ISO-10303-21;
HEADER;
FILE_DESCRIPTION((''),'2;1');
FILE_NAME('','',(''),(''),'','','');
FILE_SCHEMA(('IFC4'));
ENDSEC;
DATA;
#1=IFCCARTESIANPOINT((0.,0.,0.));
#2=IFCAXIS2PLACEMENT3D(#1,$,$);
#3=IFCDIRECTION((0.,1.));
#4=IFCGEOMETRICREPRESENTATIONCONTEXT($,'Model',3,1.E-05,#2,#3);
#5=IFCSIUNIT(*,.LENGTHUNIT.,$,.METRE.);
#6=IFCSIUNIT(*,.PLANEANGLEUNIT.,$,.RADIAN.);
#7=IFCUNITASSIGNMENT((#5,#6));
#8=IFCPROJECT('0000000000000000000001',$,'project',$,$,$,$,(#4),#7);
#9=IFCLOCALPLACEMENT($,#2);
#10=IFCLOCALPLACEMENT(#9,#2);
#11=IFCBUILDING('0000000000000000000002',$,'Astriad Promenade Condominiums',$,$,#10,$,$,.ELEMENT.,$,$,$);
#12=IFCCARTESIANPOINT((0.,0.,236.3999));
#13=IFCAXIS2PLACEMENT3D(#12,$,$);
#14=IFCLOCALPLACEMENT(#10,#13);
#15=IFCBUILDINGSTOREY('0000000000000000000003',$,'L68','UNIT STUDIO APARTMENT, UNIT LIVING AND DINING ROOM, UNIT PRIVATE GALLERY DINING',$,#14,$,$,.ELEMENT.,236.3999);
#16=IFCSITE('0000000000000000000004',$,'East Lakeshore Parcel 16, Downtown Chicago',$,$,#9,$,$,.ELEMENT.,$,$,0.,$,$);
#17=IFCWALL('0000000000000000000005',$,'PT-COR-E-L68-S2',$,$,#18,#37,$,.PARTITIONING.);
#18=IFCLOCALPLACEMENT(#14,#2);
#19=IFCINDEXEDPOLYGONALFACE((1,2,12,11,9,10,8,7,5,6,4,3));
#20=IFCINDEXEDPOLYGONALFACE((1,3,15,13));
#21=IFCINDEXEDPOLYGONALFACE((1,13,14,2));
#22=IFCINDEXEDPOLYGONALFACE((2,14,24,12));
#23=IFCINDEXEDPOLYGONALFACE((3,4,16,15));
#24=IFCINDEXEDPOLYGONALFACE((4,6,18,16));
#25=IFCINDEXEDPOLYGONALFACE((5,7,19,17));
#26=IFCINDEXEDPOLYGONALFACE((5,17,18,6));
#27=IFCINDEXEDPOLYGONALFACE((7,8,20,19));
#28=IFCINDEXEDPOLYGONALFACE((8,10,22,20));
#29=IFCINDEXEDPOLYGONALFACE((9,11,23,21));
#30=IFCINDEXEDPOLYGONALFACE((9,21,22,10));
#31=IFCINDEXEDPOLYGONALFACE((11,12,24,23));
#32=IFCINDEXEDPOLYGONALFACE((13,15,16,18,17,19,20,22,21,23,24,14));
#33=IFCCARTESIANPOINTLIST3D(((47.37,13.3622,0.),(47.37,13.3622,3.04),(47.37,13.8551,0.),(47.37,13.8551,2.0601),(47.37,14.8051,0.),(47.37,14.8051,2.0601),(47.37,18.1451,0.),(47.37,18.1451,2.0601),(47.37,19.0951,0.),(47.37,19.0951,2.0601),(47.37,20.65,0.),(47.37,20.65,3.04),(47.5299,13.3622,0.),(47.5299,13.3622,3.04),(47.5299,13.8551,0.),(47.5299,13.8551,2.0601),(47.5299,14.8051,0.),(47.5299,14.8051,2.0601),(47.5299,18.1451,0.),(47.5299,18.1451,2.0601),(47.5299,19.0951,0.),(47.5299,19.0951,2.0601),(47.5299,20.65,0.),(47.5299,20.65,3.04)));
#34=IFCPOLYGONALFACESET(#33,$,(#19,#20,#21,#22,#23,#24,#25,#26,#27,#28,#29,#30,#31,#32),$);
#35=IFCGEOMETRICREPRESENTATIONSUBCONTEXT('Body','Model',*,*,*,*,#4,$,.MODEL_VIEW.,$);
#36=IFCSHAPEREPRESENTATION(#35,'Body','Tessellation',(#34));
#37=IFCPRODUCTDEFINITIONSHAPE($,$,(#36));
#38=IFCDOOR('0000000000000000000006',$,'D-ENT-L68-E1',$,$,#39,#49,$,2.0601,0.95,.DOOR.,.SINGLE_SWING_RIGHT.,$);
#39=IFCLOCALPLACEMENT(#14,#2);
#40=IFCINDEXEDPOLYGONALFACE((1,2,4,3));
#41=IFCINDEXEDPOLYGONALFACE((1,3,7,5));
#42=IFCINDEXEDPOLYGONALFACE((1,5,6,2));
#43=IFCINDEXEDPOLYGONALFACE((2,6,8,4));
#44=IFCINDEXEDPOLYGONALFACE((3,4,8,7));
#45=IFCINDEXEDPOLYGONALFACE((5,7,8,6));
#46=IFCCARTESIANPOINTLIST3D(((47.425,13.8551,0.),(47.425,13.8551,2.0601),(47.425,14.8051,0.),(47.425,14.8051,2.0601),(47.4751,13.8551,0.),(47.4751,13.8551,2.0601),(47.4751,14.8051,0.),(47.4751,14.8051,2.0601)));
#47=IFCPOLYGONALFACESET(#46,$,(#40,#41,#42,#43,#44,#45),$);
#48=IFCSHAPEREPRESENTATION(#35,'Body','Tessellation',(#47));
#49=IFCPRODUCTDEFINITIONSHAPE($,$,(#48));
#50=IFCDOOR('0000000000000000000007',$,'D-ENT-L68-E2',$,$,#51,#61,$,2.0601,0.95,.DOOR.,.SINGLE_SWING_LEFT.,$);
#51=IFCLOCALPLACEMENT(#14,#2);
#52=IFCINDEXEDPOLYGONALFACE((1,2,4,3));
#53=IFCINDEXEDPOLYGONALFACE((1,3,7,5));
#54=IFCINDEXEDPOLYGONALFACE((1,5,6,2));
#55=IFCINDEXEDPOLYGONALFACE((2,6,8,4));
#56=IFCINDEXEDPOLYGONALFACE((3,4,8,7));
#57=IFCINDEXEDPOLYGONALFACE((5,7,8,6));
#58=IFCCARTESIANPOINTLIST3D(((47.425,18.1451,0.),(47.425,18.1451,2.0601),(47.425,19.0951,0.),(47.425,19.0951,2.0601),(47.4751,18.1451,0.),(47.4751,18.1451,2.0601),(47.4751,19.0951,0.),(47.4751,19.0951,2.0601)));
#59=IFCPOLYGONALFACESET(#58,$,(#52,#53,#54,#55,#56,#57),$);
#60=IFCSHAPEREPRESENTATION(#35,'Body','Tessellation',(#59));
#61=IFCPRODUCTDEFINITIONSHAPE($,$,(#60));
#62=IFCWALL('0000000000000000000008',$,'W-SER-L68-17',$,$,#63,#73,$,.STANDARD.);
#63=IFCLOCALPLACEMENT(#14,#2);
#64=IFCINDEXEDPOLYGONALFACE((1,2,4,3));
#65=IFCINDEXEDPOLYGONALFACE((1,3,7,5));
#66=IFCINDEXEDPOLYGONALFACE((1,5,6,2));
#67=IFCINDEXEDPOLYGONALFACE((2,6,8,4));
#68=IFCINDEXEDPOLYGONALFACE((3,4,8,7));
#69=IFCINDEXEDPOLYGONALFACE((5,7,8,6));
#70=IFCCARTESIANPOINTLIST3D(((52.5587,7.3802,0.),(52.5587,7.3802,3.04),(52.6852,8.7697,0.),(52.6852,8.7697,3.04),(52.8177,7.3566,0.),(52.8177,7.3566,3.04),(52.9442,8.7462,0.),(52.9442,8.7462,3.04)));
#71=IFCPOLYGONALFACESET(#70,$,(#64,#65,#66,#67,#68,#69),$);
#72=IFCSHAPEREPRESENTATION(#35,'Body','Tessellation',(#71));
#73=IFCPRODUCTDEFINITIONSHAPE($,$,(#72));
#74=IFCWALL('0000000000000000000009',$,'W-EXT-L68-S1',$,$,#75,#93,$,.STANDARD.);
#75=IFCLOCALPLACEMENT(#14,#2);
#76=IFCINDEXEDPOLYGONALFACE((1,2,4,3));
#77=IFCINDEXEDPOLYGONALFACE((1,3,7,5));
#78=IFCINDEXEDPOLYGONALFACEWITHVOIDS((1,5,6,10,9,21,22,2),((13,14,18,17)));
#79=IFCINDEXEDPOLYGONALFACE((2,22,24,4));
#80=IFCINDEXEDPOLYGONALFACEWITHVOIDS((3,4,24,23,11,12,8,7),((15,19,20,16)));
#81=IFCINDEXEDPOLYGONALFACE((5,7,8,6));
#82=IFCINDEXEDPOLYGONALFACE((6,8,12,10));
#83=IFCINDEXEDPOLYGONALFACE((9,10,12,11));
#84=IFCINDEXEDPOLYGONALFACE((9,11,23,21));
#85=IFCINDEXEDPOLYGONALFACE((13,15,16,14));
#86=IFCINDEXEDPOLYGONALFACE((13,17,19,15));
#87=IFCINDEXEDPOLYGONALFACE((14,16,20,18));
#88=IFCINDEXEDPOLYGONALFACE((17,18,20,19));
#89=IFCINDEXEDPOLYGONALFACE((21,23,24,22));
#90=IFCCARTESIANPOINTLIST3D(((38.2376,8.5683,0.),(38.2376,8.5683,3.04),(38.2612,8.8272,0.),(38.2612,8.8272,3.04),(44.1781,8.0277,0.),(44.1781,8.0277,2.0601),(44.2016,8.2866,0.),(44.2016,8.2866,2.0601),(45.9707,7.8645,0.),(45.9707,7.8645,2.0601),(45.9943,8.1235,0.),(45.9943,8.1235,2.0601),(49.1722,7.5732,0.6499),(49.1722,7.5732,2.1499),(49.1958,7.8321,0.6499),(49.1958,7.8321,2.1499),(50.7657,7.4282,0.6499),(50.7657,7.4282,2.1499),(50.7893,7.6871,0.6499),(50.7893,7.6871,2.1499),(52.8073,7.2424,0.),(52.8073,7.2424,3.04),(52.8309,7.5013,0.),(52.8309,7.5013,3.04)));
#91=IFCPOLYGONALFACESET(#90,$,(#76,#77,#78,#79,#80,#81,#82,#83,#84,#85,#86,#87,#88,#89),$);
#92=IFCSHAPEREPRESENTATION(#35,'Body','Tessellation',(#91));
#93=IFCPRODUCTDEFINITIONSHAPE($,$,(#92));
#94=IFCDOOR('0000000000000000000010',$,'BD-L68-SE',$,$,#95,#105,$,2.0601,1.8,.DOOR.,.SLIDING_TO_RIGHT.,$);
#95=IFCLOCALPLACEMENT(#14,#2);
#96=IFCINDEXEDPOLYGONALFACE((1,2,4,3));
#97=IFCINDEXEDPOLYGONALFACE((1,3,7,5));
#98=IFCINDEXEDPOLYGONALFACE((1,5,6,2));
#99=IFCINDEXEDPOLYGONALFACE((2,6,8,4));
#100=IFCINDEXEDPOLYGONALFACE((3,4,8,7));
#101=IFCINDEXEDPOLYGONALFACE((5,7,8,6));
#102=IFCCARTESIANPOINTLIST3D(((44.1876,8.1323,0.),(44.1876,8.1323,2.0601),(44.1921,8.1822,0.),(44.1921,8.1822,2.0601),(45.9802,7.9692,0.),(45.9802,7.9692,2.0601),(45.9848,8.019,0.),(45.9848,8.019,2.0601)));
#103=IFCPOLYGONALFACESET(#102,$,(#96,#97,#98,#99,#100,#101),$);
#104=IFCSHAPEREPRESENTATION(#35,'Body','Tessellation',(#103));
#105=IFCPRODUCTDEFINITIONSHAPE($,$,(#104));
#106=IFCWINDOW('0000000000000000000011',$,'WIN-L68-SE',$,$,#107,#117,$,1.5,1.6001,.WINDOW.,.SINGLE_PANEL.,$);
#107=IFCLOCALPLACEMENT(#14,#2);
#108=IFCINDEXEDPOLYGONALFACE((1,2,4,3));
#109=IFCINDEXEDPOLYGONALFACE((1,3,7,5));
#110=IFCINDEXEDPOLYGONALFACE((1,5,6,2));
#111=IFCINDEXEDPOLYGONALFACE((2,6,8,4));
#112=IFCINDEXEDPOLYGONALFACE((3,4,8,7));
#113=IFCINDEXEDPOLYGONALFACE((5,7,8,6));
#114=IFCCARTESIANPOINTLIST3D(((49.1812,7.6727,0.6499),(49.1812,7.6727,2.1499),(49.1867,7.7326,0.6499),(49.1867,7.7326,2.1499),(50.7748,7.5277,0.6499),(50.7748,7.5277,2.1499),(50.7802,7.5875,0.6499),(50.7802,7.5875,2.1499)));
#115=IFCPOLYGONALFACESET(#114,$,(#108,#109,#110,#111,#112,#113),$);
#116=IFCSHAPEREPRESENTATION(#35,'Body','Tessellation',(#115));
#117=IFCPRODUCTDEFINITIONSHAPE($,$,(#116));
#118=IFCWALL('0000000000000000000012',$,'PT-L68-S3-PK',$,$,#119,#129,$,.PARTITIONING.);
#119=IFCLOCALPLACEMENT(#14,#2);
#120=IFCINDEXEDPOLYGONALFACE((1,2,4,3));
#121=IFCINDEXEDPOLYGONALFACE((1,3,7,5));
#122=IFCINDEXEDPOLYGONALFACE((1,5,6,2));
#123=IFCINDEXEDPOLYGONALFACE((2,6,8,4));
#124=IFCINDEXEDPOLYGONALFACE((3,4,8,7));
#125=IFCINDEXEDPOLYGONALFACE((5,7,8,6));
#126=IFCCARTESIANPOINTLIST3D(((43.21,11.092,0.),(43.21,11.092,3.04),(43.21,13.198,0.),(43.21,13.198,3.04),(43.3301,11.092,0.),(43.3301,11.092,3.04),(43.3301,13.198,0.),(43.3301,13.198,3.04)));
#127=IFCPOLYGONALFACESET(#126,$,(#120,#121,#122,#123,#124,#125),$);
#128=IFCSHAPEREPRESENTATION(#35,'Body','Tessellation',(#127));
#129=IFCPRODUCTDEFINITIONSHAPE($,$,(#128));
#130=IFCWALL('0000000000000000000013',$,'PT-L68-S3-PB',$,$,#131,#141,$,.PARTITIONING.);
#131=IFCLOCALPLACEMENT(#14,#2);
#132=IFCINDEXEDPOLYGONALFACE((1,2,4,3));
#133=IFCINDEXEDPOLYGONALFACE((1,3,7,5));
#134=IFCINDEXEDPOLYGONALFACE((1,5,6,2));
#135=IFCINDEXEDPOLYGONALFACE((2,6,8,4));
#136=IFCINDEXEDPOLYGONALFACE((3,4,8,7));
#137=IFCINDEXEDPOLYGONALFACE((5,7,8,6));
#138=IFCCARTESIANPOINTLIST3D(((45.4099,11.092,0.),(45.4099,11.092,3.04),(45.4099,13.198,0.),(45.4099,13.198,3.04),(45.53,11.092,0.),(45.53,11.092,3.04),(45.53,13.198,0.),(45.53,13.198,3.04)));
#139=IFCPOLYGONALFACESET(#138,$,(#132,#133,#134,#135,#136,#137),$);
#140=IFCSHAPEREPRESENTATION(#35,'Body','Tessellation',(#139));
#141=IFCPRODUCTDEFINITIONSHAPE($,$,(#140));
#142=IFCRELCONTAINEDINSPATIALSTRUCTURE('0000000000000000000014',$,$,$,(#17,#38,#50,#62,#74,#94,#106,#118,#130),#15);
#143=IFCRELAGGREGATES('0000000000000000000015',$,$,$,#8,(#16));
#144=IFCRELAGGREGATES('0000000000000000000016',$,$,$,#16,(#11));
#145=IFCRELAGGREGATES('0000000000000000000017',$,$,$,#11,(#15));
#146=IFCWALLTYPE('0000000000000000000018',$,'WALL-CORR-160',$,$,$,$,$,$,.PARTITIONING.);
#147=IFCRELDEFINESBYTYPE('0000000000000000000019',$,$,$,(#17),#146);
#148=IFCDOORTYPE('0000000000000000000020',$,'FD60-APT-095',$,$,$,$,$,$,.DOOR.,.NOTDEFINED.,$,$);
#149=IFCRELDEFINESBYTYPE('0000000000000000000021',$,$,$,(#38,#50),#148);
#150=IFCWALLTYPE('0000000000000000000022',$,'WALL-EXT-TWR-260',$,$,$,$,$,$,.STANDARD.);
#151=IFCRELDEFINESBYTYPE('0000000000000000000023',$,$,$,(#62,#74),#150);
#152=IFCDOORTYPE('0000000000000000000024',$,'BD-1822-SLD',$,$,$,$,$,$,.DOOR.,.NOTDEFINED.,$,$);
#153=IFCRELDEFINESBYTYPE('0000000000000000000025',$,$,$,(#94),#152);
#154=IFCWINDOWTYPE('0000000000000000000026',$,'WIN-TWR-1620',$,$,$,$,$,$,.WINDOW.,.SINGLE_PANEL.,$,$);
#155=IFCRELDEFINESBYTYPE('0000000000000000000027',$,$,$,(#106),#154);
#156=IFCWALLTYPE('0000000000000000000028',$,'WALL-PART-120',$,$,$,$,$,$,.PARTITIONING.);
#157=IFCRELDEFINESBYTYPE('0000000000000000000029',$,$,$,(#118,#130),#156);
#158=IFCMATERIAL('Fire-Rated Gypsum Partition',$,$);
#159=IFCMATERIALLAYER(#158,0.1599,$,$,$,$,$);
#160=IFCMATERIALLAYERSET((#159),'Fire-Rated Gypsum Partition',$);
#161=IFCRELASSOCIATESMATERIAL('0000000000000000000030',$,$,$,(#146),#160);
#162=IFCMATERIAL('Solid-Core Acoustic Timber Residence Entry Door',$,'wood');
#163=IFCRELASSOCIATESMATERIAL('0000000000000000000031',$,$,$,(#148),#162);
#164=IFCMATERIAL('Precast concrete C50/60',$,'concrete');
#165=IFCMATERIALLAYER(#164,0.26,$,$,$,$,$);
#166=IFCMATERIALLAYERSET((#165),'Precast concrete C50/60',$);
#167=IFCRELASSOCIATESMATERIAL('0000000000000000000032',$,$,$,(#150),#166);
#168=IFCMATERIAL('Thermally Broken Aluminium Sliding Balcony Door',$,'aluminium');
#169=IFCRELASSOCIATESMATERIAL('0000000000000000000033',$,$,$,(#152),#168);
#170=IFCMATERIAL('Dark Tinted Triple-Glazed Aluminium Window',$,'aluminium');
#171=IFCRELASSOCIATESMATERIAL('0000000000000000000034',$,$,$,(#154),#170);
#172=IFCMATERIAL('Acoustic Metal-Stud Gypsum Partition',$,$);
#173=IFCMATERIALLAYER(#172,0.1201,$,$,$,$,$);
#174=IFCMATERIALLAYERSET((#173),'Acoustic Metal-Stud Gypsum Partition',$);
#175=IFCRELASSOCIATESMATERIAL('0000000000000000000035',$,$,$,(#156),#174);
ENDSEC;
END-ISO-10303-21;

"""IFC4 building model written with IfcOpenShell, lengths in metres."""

from ifc_helpers import new_model, si_unit, direction, frame, frame_2d, origin, place, context, subcontext, project, spatial, rectangle, extrude, source, transform, mapped, material, layer, layer_set, type_object, type_shapes, element, fill, save


model = new_model("IFC4")

# Units and contexts
model_context = context("Model", 3, precision=1e-05, world=origin(), true_north=direction((0.0, 1.0)))
body_context = subcontext(model_context, "Body", "Model", "MODEL_VIEW")
ifc_project = project(units=[si_unit("LENGTHUNIT", "METRE"), si_unit("PLANEANGLEUNIT", "RADIAN")], contexts=[model_context])

# Site, building, storey
site_placement = place(None, origin())
site = spatial("IfcSite", under=ifc_project, at=site_placement, Name="East Lakeshore Parcel 16, Downtown Chicago", CompositionType="ELEMENT", RefElevation=0.0)
building_placement = place(site_placement, origin())
building = spatial("IfcBuilding", under=site, at=building_placement, Name="Astriad Promenade Condominiums", CompositionType="ELEMENT")
storey_placement = place(building_placement, frame((0.0, 0.0, 236.3999)))
storey = spatial("IfcBuildingStorey", under=building, at=storey_placement, Name="L68", Description="UNIT STUDIO APARTMENT, UNIT LIVING AND DINING ROOM, UNIT PRIVATE GALLERY DINING", CompositionType="ELEMENT", Elevation=236.3999)

# Shared definitions
ifc_material_1 = material(Name="Fire-Rated Gypsum Partition")
ifc_layer_1 = layer(ifc_material_1, 0.1599)
ifc_layer_set_1 = layer_set([ifc_layer_1], Name="Fire-Rated Gypsum Partition")
wall_type_1 = type_object("IfcWallType", Name="WALL-CORR-160", PredefinedType="PARTITIONING", material=ifc_layer_set_1)

# Wall, openings, doors
wall_1_placement = place(storey_placement, frame((47.45, 13.3621, 0.0), z_axis=(0.0, 0.0, 1.0), x_axis=(0.0, 1.0, 0.0)))
wall_1 = element("IfcWall", 1, at=wall_1_placement, inside=storey, type_object=wall_type_1, Name="PT-COR-E-L68-S2", PredefinedType="PARTITIONING", context=body_context, shape_type="SweptSolid", body=[
    extrude(rectangle(XDim=7.2878, YDim=0.1599, at=frame_2d((3.644, 0.0))), origin(), (0.0, 0.0, 1.0), 3.04),
])
opening_1_placement = place(wall_1_placement, frame((0.4929, 0.0, 0.0)))
opening_1 = element("IfcOpeningElement", 2, at=opening_1_placement, cuts=wall_1, PredefinedType="OPENING", context=body_context, shape_type="SweptSolid", body=[
    extrude(rectangle(XDim=0.95, YDim=2.0601, at=frame_2d((0.4751, 1.03))), frame((0.0, 0.0898, 0.0), z_axis=(0.0, -1.0, 0.0), x_axis=(1.0, 0.0, 0.0)), (0.0, 0.0, 1.0), 0.1799),
])
opening_2_placement = place(wall_1_placement, frame((4.783, 0.0, 0.0)))
opening_2 = element("IfcOpeningElement", 3, at=opening_2_placement, cuts=wall_1, PredefinedType="OPENING", context=body_context, shape_type="SweptSolid", body=[
    extrude(rectangle(XDim=0.95, YDim=2.0601, at=frame_2d((0.4751, 1.03))), frame((0.0, 0.0898, 0.0), z_axis=(0.0, -1.0, 0.0), x_axis=(1.0, 0.0, 0.0)), (0.0, 0.0, 1.0), 0.1799),
])
ifc_material_2 = material(Name="Solid-Core Acoustic Timber Residence Entry Door", Category="wood")
door_type_1 = type_object("IfcDoorType", Name="FD60-APT-095", OperationType="NOTDEFINED", PredefinedType="DOOR", material=ifc_material_2)
shared_shape_1 = source(origin(), body_context, "Body", "SweptSolid", [
    extrude(rectangle(XDim=0.95, YDim=2.0601, at=frame_2d((0.4751, 1.03))), frame((0.0, 0.0249, 0.0), z_axis=(0.0, -1.0, 0.0), x_axis=(1.0, 0.0, 0.0)), (0.0, 0.0, 1.0), 0.05),
])
type_shapes(door_type_1, [shared_shape_1])
door_1_placement = place(opening_1_placement, origin())
door_1 = element("IfcDoor", 4, at=door_1_placement, inside=storey, type_object=door_type_1, Name="D-ENT-L68-E1", OperationType="SINGLE_SWING_RIGHT", OverallHeight=2.0601, OverallWidth=0.95, PredefinedType="DOOR", context=body_context, shape_type="MappedRepresentation", body=[
    mapped(shared_shape_1, transform((0.0, 0.0, 0.0), scale=1.0)),
])
fill(opening_1, door_1)
door_2_placement = place(opening_2_placement, origin())
door_2 = element("IfcDoor", 5, at=door_2_placement, inside=storey, type_object=door_type_1, Name="D-ENT-L68-E2", OperationType="SINGLE_SWING_LEFT", OverallHeight=2.0601, OverallWidth=0.95, PredefinedType="DOOR", context=body_context, shape_type="MappedRepresentation", body=[
    mapped(shared_shape_1, transform((0.0, 0.0, 0.0), scale=1.0)),
])
fill(opening_2, door_2)

# Wall
ifc_material_3 = material(Name="Precast concrete C50/60", Category="concrete")
ifc_layer_2 = layer(ifc_material_3, 0.26)
ifc_layer_set_2 = layer_set([ifc_layer_2], Name="Precast concrete C50/60")
wall_type_2 = type_object("IfcWallType", Name="WALL-EXT-TWR-260", PredefinedType="STANDARD", material=ifc_layer_set_2)
wall_2_placement = place(storey_placement, frame((52.8147, 8.7581, 0.0), z_axis=(0.0, 0.0, 1.0), x_axis=(-0.090646, -0.995883, 0.0)))
element("IfcWall", 6, at=wall_2_placement, inside=storey, type_object=wall_type_2, Name="W-SER-L68-17", PredefinedType="STANDARD", context=body_context, shape_type="SweptSolid", body=[
    extrude(rectangle(XDim=1.3953, YDim=0.26, at=frame_2d((0.6978, 0.0))), origin(), (0.0, 0.0, 1.0), 3.04),
])

# Wall, openings, door, window
wall_3_placement = place(storey_placement, frame((52.8191, 7.3718, 0.0), z_axis=(0.0, 0.0, 1.0), x_axis=(-0.995884, 0.090632, 0.0)))
wall_3 = element("IfcWall", 7, at=wall_3_placement, inside=storey, type_object=wall_type_2, Name="W-EXT-L68-S1", PredefinedType="STANDARD", context=body_context, shape_type="SweptSolid", body=[
    extrude(rectangle(XDim=14.6299, YDim=0.26, at=frame_2d((7.3149, 0.0))), origin(), (0.0, 0.0, 1.0), 3.04),
])
opening_3_placement = place(wall_3_placement, frame((6.865, 0.0, 0.0)))
opening_3 = element("IfcOpeningElement", 8, at=opening_3_placement, cuts=wall_3, PredefinedType="OPENING", context=body_context, shape_type="SweptSolid", body=[
    extrude(rectangle(XDim=1.8, YDim=2.0601, at=frame_2d((0.8999, 1.03))), frame((0.0, 0.1399, 0.0), z_axis=(0.0, -1.0, 0.0), x_axis=(1.0, 0.0, 0.0)), (0.0, 0.0, 1.0), 0.28),
])
opening_4_placement = place(wall_3_placement, frame((2.05, 0.0, 0.6499)))
opening_4 = element("IfcOpeningElement", 9, at=opening_4_placement, cuts=wall_3, PredefinedType="OPENING", context=body_context, shape_type="SweptSolid", body=[
    extrude(rectangle(XDim=1.6001, YDim=1.5, at=frame_2d((0.8, 0.75))), frame((0.0, 0.1399, 0.0), z_axis=(0.0, -1.0, 0.0), x_axis=(1.0, 0.0, 0.0)), (0.0, 0.0, 1.0), 0.28),
])
ifc_material_4 = material(Name="Thermally Broken Aluminium Sliding Balcony Door", Category="aluminium")
door_type_2 = type_object("IfcDoorType", Name="BD-1822-SLD", OperationType="NOTDEFINED", PredefinedType="DOOR", material=ifc_material_4)
shared_shape_2 = source(origin(), body_context, "Body", "SweptSolid", [
    extrude(rectangle(XDim=1.8, YDim=2.0601, at=frame_2d((0.8999, 1.03))), frame((0.0, 0.0249, 0.0), z_axis=(0.0, -1.0, 0.0), x_axis=(1.0, 0.0, 0.0)), (0.0, 0.0, 1.0), 0.05),
])
type_shapes(door_type_2, [shared_shape_2])
door_3_placement = place(opening_3_placement, origin())
door_3 = element("IfcDoor", 10, at=door_3_placement, inside=storey, type_object=door_type_2, Name="BD-L68-SE", OperationType="SLIDING_TO_RIGHT", OverallHeight=2.0601, OverallWidth=1.8, PredefinedType="DOOR", context=body_context, shape_type="MappedRepresentation", body=[
    mapped(shared_shape_2, transform((0.0, 0.0, 0.0), scale=1.0)),
])
fill(opening_3, door_3)
ifc_material_5 = material(Name="Dark Tinted Triple-Glazed Aluminium Window", Category="aluminium")
window_type = type_object("IfcWindowType", Name="WIN-TWR-1620", PartitioningType="SINGLE_PANEL", PredefinedType="WINDOW", material=ifc_material_5)
shared_shape_3 = source(origin(), body_context, "Body", "SweptSolid", [
    extrude(rectangle(XDim=1.6001, YDim=1.5, at=frame_2d((0.8, 0.75))), frame((0.0, 0.03, 0.0), z_axis=(0.0, -1.0, 0.0), x_axis=(1.0, 0.0, 0.0)), (0.0, 0.0, 1.0), 0.0601),
])
type_shapes(window_type, [shared_shape_3])
window_placement = place(opening_4_placement, origin())
window = element("IfcWindow", 11, at=window_placement, inside=storey, type_object=window_type, Name="WIN-L68-SE", OverallHeight=1.5, OverallWidth=1.6001, PartitioningType="SINGLE_PANEL", PredefinedType="WINDOW", context=body_context, shape_type="MappedRepresentation", body=[
    mapped(shared_shape_3, transform((0.0, 0.0, 0.0), scale=1.0)),
])
fill(opening_4, window)

# Walls
ifc_material_6 = material(Name="Acoustic Metal-Stud Gypsum Partition")
ifc_layer_3 = layer(ifc_material_6, 0.1201)
ifc_layer_set_3 = layer_set([ifc_layer_3], Name="Acoustic Metal-Stud Gypsum Partition")
wall_type_3 = type_object("IfcWallType", Name="WALL-PART-120", PredefinedType="PARTITIONING", material=ifc_layer_set_3)
for number, where, z_axis, x_axis, name in (
    (12, (43.27, 11.092, 0.0), (0.0, 0.0, 1.0), (0.0, 1.0, 0.0), "PT-L68-S3-PK"),
    (13, (45.47, 11.092, 0.0), (0.0, 0.0, 1.0), (0.0, 1.0, 0.0), "PT-L68-S3-PB"),
):
    element("IfcWall", number, at=place(storey_placement, frame(where, z_axis=z_axis, x_axis=x_axis)), inside=storey, type_object=wall_type_3, Name=name, PredefinedType="PARTITIONING", context=body_context, shape_type="SweptSolid", body=[
        extrude(rectangle(XDim=2.106, YDim=0.1201, at=frame_2d((1.053, 0.0))), origin(), (0.0, 0.0, 1.0), 3.04),
    ])

save(model, "model.ifc")
